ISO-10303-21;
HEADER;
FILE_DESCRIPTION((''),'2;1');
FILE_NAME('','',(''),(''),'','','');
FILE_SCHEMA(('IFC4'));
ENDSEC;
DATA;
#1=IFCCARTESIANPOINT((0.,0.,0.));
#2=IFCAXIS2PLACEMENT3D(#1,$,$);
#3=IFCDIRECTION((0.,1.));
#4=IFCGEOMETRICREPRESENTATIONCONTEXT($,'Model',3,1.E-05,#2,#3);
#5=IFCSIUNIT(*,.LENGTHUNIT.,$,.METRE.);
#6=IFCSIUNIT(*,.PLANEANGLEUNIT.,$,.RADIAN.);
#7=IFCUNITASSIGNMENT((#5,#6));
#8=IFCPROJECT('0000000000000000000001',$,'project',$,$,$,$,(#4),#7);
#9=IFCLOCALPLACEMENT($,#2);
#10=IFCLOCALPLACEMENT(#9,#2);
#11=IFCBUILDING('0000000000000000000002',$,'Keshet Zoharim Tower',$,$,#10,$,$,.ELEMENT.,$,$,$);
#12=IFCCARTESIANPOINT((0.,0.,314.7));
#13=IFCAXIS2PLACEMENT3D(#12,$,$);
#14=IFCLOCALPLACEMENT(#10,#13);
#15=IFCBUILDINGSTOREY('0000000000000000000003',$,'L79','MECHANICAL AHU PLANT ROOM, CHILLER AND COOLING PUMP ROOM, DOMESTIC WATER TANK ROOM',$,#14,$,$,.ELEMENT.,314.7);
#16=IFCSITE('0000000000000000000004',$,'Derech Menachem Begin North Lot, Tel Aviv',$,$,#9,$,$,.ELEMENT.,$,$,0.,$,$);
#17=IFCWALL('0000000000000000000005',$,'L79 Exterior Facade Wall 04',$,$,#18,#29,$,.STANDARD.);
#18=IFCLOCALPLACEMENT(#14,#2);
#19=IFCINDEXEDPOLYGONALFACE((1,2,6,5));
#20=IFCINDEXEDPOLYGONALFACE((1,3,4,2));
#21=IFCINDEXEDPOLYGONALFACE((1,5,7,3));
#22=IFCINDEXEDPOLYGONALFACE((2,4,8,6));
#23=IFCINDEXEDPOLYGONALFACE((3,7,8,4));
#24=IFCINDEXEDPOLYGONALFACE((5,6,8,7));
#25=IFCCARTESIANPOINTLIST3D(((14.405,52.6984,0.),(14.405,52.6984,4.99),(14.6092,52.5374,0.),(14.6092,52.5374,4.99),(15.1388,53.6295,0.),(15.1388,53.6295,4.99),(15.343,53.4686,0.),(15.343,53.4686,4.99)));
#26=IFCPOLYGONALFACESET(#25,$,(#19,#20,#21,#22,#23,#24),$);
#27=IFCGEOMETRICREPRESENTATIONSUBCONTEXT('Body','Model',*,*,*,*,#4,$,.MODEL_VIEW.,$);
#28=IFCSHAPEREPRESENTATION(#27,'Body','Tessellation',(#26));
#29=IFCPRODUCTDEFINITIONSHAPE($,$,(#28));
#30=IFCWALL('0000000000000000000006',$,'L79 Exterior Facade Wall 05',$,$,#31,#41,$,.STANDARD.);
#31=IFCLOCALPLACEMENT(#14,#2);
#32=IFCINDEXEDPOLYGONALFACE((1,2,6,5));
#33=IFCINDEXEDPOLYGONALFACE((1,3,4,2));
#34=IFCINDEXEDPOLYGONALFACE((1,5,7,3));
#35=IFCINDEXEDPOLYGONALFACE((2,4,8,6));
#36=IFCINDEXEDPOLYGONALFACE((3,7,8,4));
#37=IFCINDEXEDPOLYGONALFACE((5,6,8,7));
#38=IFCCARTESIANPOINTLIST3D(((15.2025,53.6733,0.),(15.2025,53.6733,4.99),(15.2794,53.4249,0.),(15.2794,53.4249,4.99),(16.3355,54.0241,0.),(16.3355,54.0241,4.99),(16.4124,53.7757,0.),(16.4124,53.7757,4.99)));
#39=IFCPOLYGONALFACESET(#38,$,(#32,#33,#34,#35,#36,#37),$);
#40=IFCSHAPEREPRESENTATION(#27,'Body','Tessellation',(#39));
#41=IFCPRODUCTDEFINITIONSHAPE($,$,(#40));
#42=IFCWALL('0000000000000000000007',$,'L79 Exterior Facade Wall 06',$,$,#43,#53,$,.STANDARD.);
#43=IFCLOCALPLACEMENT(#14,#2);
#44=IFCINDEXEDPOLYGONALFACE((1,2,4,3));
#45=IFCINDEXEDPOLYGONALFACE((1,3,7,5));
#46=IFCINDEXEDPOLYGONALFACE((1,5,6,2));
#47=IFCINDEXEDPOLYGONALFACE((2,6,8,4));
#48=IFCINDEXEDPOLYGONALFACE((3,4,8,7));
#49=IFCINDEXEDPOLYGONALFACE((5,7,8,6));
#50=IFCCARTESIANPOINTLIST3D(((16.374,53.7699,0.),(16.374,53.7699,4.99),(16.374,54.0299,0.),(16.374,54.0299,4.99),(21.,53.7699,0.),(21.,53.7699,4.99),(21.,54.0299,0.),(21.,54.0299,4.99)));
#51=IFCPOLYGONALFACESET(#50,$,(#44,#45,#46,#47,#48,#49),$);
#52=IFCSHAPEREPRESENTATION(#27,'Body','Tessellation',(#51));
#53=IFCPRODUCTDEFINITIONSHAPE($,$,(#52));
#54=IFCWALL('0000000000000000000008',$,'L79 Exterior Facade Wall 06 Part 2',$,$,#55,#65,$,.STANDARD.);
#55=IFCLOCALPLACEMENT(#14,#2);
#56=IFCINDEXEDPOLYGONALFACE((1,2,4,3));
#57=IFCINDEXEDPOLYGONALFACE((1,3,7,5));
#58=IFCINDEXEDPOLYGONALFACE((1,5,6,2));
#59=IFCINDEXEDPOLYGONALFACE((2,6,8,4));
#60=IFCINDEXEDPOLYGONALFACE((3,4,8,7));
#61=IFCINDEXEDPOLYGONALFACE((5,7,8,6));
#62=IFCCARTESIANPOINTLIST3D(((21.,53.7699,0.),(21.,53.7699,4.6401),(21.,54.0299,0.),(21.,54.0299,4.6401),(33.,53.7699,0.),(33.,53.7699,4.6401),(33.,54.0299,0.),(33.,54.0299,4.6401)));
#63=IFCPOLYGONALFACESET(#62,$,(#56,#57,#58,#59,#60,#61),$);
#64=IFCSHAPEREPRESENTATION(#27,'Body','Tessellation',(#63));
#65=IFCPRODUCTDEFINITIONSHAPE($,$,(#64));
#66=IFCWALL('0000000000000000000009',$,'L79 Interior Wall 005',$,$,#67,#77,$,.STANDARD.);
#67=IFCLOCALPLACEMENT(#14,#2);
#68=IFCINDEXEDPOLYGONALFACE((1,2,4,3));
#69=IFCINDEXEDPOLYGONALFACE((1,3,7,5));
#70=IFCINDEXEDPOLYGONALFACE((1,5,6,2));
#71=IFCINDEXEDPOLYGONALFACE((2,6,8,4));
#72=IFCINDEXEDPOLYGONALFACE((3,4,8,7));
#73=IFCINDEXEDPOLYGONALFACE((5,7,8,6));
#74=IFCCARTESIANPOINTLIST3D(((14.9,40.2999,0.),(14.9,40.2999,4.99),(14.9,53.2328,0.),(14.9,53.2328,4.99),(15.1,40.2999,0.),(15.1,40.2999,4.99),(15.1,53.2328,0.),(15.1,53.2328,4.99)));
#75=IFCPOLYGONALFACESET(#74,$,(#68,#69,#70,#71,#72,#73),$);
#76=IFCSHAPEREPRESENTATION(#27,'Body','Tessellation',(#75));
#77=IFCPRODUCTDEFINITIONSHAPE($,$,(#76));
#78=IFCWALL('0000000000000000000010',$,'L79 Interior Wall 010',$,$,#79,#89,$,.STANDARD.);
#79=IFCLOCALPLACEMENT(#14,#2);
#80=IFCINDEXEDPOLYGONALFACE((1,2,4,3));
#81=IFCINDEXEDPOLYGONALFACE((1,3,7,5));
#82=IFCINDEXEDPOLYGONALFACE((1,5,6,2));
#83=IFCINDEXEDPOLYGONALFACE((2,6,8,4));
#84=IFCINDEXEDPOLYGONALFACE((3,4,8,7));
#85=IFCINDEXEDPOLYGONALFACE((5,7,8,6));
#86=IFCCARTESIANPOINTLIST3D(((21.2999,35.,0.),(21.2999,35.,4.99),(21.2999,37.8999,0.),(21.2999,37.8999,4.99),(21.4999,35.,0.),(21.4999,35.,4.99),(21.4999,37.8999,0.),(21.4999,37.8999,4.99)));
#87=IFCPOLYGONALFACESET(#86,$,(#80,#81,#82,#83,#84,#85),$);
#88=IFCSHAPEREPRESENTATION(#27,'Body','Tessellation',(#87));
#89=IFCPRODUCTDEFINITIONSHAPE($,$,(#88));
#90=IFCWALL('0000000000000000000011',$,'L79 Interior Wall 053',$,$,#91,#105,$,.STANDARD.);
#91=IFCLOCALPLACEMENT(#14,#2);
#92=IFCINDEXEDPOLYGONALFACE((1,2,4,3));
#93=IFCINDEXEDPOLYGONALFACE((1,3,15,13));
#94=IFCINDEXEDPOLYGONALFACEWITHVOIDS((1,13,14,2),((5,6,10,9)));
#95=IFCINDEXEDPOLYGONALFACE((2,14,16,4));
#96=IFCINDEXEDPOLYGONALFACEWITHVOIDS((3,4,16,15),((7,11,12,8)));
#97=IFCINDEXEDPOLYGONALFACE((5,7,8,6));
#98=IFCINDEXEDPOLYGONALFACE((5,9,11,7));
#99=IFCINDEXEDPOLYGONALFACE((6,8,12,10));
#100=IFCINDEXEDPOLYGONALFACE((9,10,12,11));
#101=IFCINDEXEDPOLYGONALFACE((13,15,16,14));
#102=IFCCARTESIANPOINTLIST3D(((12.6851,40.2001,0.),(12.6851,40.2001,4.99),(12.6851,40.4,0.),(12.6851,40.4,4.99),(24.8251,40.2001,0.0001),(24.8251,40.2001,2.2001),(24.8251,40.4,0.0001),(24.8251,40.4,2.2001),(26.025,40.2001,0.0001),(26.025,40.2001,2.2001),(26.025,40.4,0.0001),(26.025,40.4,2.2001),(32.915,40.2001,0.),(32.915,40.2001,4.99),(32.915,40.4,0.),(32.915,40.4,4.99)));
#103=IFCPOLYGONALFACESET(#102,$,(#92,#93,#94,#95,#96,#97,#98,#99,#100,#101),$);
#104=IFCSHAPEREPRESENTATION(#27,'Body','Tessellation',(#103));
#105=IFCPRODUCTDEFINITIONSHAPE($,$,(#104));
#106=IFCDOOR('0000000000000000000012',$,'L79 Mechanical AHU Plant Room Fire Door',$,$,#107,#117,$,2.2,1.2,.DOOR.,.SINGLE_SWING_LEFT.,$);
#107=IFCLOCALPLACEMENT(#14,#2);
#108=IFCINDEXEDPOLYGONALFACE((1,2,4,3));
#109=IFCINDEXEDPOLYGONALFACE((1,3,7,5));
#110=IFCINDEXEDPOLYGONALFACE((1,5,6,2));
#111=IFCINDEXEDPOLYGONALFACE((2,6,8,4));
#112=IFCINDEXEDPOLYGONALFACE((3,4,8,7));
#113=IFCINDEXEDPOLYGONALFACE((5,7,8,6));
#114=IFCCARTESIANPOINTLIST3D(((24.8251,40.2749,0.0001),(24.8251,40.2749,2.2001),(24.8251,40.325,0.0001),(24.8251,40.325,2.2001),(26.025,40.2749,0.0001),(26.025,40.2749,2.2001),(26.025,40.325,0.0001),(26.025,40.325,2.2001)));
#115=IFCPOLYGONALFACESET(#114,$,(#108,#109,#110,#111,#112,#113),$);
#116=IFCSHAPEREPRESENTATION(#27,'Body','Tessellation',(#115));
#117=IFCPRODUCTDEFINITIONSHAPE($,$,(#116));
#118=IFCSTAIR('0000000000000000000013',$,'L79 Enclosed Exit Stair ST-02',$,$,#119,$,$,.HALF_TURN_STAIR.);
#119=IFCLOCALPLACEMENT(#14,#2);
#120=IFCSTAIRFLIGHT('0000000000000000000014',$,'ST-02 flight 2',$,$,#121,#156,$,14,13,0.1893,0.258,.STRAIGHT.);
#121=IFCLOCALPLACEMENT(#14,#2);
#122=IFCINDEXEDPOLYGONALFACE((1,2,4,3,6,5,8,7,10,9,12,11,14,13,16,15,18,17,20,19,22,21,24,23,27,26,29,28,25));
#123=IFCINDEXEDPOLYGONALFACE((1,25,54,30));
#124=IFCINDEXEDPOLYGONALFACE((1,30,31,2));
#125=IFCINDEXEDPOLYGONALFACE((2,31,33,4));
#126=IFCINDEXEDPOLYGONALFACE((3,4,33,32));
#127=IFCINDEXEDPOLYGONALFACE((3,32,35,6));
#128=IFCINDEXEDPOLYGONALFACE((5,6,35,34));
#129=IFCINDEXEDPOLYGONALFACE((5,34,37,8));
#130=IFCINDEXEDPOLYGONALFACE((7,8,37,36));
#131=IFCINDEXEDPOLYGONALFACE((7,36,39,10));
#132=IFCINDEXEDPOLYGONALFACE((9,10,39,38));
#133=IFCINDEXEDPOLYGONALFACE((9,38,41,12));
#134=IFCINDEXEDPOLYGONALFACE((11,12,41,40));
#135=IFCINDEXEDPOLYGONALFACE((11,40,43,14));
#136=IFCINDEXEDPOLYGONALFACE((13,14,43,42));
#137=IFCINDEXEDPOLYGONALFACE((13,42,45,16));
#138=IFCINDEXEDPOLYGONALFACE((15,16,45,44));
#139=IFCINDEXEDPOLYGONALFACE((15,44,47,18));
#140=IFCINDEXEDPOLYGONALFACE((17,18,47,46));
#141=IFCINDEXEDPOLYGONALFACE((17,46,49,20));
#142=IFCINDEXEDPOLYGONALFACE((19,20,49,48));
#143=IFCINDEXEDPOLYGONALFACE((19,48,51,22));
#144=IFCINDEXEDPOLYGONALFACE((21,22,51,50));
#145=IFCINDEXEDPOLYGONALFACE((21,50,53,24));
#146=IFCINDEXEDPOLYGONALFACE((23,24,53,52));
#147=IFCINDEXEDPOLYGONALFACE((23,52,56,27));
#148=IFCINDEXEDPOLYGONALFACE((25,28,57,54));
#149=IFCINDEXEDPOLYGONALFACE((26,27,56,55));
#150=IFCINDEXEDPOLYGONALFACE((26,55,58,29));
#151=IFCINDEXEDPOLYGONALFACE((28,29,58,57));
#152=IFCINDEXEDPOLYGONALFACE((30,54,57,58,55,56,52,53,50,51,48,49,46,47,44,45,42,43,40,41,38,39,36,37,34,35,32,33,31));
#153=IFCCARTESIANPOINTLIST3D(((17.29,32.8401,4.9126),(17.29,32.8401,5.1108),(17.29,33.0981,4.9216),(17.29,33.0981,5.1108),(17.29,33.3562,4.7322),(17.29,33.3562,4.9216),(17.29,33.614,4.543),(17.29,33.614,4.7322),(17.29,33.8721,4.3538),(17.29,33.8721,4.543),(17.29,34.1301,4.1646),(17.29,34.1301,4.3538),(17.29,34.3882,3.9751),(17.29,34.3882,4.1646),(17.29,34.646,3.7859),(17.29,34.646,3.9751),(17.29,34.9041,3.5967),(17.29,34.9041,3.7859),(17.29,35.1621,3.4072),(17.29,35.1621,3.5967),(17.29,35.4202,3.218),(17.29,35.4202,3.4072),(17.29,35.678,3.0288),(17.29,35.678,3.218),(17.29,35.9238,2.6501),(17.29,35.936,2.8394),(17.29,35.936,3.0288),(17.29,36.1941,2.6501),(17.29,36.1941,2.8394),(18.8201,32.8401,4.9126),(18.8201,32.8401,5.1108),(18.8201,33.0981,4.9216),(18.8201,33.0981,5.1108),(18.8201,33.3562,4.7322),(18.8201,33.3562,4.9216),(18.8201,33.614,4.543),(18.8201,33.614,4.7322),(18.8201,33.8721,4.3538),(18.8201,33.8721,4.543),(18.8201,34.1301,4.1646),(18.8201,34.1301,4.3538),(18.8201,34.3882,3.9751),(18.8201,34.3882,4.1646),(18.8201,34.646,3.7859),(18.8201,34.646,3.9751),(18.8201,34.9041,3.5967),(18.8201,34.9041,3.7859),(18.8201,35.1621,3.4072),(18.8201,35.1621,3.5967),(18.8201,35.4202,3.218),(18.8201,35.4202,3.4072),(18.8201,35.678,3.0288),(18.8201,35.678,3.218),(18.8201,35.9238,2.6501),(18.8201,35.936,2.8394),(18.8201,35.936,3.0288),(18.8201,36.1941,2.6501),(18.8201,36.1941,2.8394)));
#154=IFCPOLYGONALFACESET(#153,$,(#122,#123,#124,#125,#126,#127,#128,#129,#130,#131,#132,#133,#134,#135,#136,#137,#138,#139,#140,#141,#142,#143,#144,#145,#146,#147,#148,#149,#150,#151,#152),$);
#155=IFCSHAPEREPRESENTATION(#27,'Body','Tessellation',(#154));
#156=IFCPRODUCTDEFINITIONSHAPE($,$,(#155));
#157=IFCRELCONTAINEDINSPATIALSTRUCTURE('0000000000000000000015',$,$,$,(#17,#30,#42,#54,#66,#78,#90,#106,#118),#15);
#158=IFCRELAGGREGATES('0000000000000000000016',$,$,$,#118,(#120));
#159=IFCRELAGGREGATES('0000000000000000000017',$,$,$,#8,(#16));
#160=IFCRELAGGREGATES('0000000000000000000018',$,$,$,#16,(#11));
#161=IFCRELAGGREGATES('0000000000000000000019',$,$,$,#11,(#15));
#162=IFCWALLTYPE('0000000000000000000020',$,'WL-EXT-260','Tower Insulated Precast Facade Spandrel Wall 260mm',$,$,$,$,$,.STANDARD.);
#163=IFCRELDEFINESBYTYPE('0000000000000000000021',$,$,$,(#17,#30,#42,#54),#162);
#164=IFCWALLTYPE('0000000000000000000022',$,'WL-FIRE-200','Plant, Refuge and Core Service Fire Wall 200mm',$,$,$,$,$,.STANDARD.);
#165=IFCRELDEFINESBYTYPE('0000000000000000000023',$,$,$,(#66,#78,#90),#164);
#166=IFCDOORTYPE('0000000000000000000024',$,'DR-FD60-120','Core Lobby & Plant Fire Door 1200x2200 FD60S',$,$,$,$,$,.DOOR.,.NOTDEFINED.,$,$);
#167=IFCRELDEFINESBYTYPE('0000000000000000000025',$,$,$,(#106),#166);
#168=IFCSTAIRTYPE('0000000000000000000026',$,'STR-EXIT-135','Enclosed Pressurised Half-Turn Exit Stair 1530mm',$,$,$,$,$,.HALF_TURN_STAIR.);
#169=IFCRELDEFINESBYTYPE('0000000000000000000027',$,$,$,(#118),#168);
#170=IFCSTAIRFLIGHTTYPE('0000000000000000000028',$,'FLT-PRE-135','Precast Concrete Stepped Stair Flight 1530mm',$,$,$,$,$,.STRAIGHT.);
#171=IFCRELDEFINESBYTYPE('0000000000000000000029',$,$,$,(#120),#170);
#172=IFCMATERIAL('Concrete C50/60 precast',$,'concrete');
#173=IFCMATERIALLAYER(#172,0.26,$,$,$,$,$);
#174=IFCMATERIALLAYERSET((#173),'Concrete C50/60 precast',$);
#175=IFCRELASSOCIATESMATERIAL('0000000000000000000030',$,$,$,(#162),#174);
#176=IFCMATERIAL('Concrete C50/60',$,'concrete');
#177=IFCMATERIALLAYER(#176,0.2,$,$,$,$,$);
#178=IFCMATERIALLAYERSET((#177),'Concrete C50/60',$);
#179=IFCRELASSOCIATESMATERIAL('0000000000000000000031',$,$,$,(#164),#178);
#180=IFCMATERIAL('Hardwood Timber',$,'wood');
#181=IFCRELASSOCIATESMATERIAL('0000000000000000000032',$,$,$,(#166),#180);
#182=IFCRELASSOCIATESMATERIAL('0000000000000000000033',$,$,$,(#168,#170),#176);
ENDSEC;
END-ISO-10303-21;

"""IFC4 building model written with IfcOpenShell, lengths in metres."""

from ifc_helpers import new_model, si_unit, direction, frame, frame_2d, origin, place, context, subcontext, project, spatial, polyline, rectangle, outline, extrude, material, layer, layer_set, type_object, element, fill, aggregate, save


model = new_model("IFC4")

# Units and contexts
model_context = context("Model", 3, precision=1e-05, world=origin(), true_north=direction((0.0, 1.0)))
body_context = subcontext(model_context, "Body", "Model", "MODEL_VIEW")
ifc_project = project(units=[si_unit("LENGTHUNIT", "METRE"), si_unit("PLANEANGLEUNIT", "RADIAN")], contexts=[model_context])

# Site, building, storey
site_placement = place(None, origin())
site = spatial("IfcSite", under=ifc_project, at=site_placement, Name="Derech Menachem Begin North Lot, Tel Aviv", CompositionType="ELEMENT", RefElevation=0.0)
building_placement = place(site_placement, origin())
building = spatial("IfcBuilding", under=site, at=building_placement, Name="Keshet Zoharim Tower", CompositionType="ELEMENT")
storey_placement = place(building_placement, frame((0.0, 0.0, 314.7)))
storey = spatial("IfcBuildingStorey", under=building, at=storey_placement, Name="L79", Description="MECHANICAL AHU PLANT ROOM, CHILLER AND COOLING PUMP ROOM, DOMESTIC WATER TANK ROOM", CompositionType="ELEMENT", Elevation=314.7)

# Walls
ifc_material_1 = material(Name="Concrete C50/60 precast", Category="concrete")
ifc_layer_1 = layer(ifc_material_1, 0.26)
ifc_layer_set_1 = layer_set([ifc_layer_1], Name="Concrete C50/60 precast")
wall_type_1 = type_object("IfcWallType", Name="WL-EXT-260", Description="Tower Insulated Precast Facade Spandrel Wall 260mm", PredefinedType="STANDARD", material=ifc_layer_set_1)
wall_1_placement = place(storey_placement, frame((14.5071, 52.6179, 0.0), z_axis=(0.0, 0.0, 1.0), x_axis=(0.619003, 0.785389, 0.0)))
element("IfcWall", 1, at=wall_1_placement, inside=storey, type_object=wall_type_1, Name="L79 Exterior Facade Wall 04", PredefinedType="STANDARD", context=body_context, shape_type="SweptSolid", body=[
    extrude(rectangle(XDim=1.1855, YDim=0.26, at=frame_2d((0.5928, 0.0))), origin(), (0.0, 0.0, 1.0), 4.99),
])
wall_2_placement = place(storey_placement, frame((15.241, 53.5491, 0.0), z_axis=(0.0, 0.0, 1.0), x_axis=(0.955257, 0.295778, 0.0)))
element("IfcWall", 2, at=wall_2_placement, inside=storey, type_object=wall_type_1, Name="L79 Exterior Facade Wall 05", PredefinedType="STANDARD", context=body_context, shape_type="SweptSolid", body=[
    extrude(rectangle(XDim=1.186, YDim=0.26, at=frame_2d((0.593, 0.0))), origin(), (0.0, 0.0, 1.0), 4.99),
])
wall_3_placement = place(storey_placement, frame((16.374, 53.8999, 0.0), z_axis=(0.0, 0.0, 1.0), x_axis=(1.0, 0.0, 0.0)))
element("IfcWall", 3, at=wall_3_placement, inside=storey, type_object=wall_type_1, Name="L79 Exterior Facade Wall 06", PredefinedType="STANDARD", context=body_context, shape_type="SweptSolid", body=[
    extrude(rectangle(XDim=4.626, YDim=0.26, at=frame_2d((2.313, 0.0))), origin(), (0.0, 0.0, 1.0), 4.99),
])
wall_4_placement = place(storey_placement, frame((21.0, 53.8999, 0.0), z_axis=(0.0, 0.0, 1.0), x_axis=(1.0, 0.0, 0.0)))
element("IfcWall", 4, at=wall_4_placement, inside=storey, type_object=wall_type_1, Name="L79 Exterior Facade Wall 06 Part 2", PredefinedType="STANDARD", context=body_context, shape_type="SweptSolid", body=[
    extrude(rectangle(XDim=12.0, YDim=0.26, at=frame_2d((6.0, 0.0))), origin(), (0.0, 0.0, 1.0), 4.6401),
])
ifc_material_2 = material(Name="Concrete C50/60", Category="concrete")
ifc_layer_2 = layer(ifc_material_2, 0.2)
ifc_layer_set_2 = layer_set([ifc_layer_2], Name="Concrete C50/60")
wall_type_2 = type_object("IfcWallType", Name="WL-FIRE-200", Description="Plant, Refuge and Core Service Fire Wall 200mm", PredefinedType="STANDARD", material=ifc_layer_set_2)
wall_5_placement = place(storey_placement, frame((15.0, 40.3, 0.0), z_axis=(0.0, 0.0, 1.0), x_axis=(0.0, 1.0, 0.0)))
element("IfcWall", 5, at=wall_5_placement, inside=storey, type_object=wall_type_2, Name="L79 Interior Wall 005", PredefinedType="STANDARD", context=body_context, shape_type="SweptSolid", body=[
    extrude(rectangle(XDim=12.9329, YDim=0.2, at=frame_2d((6.4663, 0.0))), origin(), (0.0, 0.0, 1.0), 4.99),
])
wall_6_placement = place(storey_placement, frame((21.3999, 35.0, 0.0), z_axis=(0.0, 0.0, 1.0), x_axis=(0.0, 1.0, 0.0)))
element("IfcWall", 6, at=wall_6_placement, inside=storey, type_object=wall_type_2, Name="L79 Interior Wall 010", PredefinedType="STANDARD", context=body_context, shape_type="SweptSolid", body=[
    extrude(rectangle(XDim=2.8999, YDim=0.2, at=frame_2d((1.45, 0.0))), origin(), (0.0, 0.0, 1.0), 4.99),
])

# Wall, opening, door
wall_7_placement = place(storey_placement, frame((12.6851, 40.3, 0.0), z_axis=(0.0, 0.0, 1.0), x_axis=(1.0, 0.0, 0.0)))
wall_7 = element("IfcWall", 7, at=wall_7_placement, inside=storey, type_object=wall_type_2, Name="L79 Interior Wall 053", PredefinedType="STANDARD", context=body_context, shape_type="SweptSolid", body=[
    extrude(rectangle(XDim=20.23, YDim=0.2, at=frame_2d((10.115, 0.0))), origin(), (0.0, 0.0, 1.0), 4.99),
])
opening_1_placement = place(wall_7_placement, frame((12.1399, 0.0, 0.0)))
opening_1 = element("IfcOpeningElement", 8, at=opening_1_placement, cuts=wall_7, PredefinedType="OPENING", context=body_context, shape_type="SweptSolid", body=[
    extrude(rectangle(XDim=1.2, YDim=2.2, at=frame_2d((0.6001, 1.1001))), frame((0.0, 0.1099, 0.0), z_axis=(0.0, -1.0, 0.0), x_axis=(1.0, 0.0, 0.0)), (0.0, 0.0, 1.0), 0.22),
])
ifc_material_3 = material(Name="Hardwood Timber", Category="wood")
door_type_1 = type_object("IfcDoorType", Name="DR-FD60-120", Description="Core Lobby & Plant Fire Door 1200x2200 FD60S", OperationType="NOTDEFINED", PredefinedType="DOOR", material=ifc_material_3)
door_1_placement = place(opening_1_placement, origin())
door_1 = element("IfcDoor", 9, at=door_1_placement, inside=storey, type_object=door_type_1, Name="L79 Mechanical AHU Plant Room Fire Door", OperationType="SINGLE_SWING_LEFT", OverallHeight=2.2, OverallWidth=1.2, PredefinedType="DOOR", context=body_context, shape_type="SweptSolid", body=[
    extrude(rectangle(XDim=1.2, YDim=2.2, at=frame_2d((0.6001, 1.1001))), frame((0.0, 0.0249, 0.0), z_axis=(0.0, -1.0, 0.0), x_axis=(1.0, 0.0, 0.0)), (0.0, 0.0, 1.0), 0.05),
])
fill(opening_1, door_1)

# Stair, stair flight
stair_type = type_object("IfcStairType", Name="STR-EXIT-135", Description="Enclosed Pressurised Half-Turn Exit Stair 1530mm", PredefinedType="HALF_TURN_STAIR", material=ifc_material_2)
stair_placement = place(storey_placement, origin())
stair = element("IfcStair", 10, at=stair_placement, inside=storey, type_object=stair_type, Name="L79 Enclosed Exit Stair ST-02", PredefinedType="HALF_TURN_STAIR")
stair_flight_type = type_object("IfcStairFlightType", Name="FLT-PRE-135", Description="Precast Concrete Stepped Stair Flight 1530mm", PredefinedType="STRAIGHT", material=ifc_material_2)
stair_flight_placement = place(storey_placement, frame((18.0549, 36.1941, 2.6501), z_axis=(0.0, 0.0, 1.0), x_axis=(0.0, -1.0, 0.0)))
stair_flight = element("IfcStairFlight", 11, at=stair_flight_placement, type_object=stair_flight_type, Name="ST-02 flight 2", NumberOfRisers=14, NumberOfTreads=13, PredefinedType="STRAIGHT", RiserHeight=0.1893, TreadLength=0.258, context=body_context, shape_type="SweptSolid", body=[
    extrude(outline(polyline([(0.0, 0.0), (0.0, 0.1892), (0.2581, 0.1892), (0.2581, 0.3787), (0.5161, 0.3787), (0.5161, 0.5679), (0.7739, 0.5679), (0.7739, 0.7571), (1.032, 0.7571), (1.032, 0.9465), (1.29, 0.9465), (1.29, 1.1357), (1.5481, 1.1357), (1.5481, 1.325), (1.8059, 1.325), (1.8059, 1.5144), (2.064, 1.5144), (2.064, 1.7036), (2.322, 1.7036), (2.322, 1.8928), (2.5801, 1.8928), (2.5801, 2.082), (2.8379, 2.082), (2.8379, 2.2715), (3.0959, 2.2715), (3.0959, 2.4607), (3.354, 2.4607), (3.354, 2.6499), (3.354, 2.2625), (0.2703, 0.0), (0.0, 0.0)])), frame((0.0, 0.7651, 0.0), z_axis=(0.0, -1.0, 0.0), x_axis=(1.0, 0.0, 0.0)), (0.0, 0.0, 1.0), 1.53),
])
aggregate(stair, [stair_flight])

save(model, "model.ifc")
